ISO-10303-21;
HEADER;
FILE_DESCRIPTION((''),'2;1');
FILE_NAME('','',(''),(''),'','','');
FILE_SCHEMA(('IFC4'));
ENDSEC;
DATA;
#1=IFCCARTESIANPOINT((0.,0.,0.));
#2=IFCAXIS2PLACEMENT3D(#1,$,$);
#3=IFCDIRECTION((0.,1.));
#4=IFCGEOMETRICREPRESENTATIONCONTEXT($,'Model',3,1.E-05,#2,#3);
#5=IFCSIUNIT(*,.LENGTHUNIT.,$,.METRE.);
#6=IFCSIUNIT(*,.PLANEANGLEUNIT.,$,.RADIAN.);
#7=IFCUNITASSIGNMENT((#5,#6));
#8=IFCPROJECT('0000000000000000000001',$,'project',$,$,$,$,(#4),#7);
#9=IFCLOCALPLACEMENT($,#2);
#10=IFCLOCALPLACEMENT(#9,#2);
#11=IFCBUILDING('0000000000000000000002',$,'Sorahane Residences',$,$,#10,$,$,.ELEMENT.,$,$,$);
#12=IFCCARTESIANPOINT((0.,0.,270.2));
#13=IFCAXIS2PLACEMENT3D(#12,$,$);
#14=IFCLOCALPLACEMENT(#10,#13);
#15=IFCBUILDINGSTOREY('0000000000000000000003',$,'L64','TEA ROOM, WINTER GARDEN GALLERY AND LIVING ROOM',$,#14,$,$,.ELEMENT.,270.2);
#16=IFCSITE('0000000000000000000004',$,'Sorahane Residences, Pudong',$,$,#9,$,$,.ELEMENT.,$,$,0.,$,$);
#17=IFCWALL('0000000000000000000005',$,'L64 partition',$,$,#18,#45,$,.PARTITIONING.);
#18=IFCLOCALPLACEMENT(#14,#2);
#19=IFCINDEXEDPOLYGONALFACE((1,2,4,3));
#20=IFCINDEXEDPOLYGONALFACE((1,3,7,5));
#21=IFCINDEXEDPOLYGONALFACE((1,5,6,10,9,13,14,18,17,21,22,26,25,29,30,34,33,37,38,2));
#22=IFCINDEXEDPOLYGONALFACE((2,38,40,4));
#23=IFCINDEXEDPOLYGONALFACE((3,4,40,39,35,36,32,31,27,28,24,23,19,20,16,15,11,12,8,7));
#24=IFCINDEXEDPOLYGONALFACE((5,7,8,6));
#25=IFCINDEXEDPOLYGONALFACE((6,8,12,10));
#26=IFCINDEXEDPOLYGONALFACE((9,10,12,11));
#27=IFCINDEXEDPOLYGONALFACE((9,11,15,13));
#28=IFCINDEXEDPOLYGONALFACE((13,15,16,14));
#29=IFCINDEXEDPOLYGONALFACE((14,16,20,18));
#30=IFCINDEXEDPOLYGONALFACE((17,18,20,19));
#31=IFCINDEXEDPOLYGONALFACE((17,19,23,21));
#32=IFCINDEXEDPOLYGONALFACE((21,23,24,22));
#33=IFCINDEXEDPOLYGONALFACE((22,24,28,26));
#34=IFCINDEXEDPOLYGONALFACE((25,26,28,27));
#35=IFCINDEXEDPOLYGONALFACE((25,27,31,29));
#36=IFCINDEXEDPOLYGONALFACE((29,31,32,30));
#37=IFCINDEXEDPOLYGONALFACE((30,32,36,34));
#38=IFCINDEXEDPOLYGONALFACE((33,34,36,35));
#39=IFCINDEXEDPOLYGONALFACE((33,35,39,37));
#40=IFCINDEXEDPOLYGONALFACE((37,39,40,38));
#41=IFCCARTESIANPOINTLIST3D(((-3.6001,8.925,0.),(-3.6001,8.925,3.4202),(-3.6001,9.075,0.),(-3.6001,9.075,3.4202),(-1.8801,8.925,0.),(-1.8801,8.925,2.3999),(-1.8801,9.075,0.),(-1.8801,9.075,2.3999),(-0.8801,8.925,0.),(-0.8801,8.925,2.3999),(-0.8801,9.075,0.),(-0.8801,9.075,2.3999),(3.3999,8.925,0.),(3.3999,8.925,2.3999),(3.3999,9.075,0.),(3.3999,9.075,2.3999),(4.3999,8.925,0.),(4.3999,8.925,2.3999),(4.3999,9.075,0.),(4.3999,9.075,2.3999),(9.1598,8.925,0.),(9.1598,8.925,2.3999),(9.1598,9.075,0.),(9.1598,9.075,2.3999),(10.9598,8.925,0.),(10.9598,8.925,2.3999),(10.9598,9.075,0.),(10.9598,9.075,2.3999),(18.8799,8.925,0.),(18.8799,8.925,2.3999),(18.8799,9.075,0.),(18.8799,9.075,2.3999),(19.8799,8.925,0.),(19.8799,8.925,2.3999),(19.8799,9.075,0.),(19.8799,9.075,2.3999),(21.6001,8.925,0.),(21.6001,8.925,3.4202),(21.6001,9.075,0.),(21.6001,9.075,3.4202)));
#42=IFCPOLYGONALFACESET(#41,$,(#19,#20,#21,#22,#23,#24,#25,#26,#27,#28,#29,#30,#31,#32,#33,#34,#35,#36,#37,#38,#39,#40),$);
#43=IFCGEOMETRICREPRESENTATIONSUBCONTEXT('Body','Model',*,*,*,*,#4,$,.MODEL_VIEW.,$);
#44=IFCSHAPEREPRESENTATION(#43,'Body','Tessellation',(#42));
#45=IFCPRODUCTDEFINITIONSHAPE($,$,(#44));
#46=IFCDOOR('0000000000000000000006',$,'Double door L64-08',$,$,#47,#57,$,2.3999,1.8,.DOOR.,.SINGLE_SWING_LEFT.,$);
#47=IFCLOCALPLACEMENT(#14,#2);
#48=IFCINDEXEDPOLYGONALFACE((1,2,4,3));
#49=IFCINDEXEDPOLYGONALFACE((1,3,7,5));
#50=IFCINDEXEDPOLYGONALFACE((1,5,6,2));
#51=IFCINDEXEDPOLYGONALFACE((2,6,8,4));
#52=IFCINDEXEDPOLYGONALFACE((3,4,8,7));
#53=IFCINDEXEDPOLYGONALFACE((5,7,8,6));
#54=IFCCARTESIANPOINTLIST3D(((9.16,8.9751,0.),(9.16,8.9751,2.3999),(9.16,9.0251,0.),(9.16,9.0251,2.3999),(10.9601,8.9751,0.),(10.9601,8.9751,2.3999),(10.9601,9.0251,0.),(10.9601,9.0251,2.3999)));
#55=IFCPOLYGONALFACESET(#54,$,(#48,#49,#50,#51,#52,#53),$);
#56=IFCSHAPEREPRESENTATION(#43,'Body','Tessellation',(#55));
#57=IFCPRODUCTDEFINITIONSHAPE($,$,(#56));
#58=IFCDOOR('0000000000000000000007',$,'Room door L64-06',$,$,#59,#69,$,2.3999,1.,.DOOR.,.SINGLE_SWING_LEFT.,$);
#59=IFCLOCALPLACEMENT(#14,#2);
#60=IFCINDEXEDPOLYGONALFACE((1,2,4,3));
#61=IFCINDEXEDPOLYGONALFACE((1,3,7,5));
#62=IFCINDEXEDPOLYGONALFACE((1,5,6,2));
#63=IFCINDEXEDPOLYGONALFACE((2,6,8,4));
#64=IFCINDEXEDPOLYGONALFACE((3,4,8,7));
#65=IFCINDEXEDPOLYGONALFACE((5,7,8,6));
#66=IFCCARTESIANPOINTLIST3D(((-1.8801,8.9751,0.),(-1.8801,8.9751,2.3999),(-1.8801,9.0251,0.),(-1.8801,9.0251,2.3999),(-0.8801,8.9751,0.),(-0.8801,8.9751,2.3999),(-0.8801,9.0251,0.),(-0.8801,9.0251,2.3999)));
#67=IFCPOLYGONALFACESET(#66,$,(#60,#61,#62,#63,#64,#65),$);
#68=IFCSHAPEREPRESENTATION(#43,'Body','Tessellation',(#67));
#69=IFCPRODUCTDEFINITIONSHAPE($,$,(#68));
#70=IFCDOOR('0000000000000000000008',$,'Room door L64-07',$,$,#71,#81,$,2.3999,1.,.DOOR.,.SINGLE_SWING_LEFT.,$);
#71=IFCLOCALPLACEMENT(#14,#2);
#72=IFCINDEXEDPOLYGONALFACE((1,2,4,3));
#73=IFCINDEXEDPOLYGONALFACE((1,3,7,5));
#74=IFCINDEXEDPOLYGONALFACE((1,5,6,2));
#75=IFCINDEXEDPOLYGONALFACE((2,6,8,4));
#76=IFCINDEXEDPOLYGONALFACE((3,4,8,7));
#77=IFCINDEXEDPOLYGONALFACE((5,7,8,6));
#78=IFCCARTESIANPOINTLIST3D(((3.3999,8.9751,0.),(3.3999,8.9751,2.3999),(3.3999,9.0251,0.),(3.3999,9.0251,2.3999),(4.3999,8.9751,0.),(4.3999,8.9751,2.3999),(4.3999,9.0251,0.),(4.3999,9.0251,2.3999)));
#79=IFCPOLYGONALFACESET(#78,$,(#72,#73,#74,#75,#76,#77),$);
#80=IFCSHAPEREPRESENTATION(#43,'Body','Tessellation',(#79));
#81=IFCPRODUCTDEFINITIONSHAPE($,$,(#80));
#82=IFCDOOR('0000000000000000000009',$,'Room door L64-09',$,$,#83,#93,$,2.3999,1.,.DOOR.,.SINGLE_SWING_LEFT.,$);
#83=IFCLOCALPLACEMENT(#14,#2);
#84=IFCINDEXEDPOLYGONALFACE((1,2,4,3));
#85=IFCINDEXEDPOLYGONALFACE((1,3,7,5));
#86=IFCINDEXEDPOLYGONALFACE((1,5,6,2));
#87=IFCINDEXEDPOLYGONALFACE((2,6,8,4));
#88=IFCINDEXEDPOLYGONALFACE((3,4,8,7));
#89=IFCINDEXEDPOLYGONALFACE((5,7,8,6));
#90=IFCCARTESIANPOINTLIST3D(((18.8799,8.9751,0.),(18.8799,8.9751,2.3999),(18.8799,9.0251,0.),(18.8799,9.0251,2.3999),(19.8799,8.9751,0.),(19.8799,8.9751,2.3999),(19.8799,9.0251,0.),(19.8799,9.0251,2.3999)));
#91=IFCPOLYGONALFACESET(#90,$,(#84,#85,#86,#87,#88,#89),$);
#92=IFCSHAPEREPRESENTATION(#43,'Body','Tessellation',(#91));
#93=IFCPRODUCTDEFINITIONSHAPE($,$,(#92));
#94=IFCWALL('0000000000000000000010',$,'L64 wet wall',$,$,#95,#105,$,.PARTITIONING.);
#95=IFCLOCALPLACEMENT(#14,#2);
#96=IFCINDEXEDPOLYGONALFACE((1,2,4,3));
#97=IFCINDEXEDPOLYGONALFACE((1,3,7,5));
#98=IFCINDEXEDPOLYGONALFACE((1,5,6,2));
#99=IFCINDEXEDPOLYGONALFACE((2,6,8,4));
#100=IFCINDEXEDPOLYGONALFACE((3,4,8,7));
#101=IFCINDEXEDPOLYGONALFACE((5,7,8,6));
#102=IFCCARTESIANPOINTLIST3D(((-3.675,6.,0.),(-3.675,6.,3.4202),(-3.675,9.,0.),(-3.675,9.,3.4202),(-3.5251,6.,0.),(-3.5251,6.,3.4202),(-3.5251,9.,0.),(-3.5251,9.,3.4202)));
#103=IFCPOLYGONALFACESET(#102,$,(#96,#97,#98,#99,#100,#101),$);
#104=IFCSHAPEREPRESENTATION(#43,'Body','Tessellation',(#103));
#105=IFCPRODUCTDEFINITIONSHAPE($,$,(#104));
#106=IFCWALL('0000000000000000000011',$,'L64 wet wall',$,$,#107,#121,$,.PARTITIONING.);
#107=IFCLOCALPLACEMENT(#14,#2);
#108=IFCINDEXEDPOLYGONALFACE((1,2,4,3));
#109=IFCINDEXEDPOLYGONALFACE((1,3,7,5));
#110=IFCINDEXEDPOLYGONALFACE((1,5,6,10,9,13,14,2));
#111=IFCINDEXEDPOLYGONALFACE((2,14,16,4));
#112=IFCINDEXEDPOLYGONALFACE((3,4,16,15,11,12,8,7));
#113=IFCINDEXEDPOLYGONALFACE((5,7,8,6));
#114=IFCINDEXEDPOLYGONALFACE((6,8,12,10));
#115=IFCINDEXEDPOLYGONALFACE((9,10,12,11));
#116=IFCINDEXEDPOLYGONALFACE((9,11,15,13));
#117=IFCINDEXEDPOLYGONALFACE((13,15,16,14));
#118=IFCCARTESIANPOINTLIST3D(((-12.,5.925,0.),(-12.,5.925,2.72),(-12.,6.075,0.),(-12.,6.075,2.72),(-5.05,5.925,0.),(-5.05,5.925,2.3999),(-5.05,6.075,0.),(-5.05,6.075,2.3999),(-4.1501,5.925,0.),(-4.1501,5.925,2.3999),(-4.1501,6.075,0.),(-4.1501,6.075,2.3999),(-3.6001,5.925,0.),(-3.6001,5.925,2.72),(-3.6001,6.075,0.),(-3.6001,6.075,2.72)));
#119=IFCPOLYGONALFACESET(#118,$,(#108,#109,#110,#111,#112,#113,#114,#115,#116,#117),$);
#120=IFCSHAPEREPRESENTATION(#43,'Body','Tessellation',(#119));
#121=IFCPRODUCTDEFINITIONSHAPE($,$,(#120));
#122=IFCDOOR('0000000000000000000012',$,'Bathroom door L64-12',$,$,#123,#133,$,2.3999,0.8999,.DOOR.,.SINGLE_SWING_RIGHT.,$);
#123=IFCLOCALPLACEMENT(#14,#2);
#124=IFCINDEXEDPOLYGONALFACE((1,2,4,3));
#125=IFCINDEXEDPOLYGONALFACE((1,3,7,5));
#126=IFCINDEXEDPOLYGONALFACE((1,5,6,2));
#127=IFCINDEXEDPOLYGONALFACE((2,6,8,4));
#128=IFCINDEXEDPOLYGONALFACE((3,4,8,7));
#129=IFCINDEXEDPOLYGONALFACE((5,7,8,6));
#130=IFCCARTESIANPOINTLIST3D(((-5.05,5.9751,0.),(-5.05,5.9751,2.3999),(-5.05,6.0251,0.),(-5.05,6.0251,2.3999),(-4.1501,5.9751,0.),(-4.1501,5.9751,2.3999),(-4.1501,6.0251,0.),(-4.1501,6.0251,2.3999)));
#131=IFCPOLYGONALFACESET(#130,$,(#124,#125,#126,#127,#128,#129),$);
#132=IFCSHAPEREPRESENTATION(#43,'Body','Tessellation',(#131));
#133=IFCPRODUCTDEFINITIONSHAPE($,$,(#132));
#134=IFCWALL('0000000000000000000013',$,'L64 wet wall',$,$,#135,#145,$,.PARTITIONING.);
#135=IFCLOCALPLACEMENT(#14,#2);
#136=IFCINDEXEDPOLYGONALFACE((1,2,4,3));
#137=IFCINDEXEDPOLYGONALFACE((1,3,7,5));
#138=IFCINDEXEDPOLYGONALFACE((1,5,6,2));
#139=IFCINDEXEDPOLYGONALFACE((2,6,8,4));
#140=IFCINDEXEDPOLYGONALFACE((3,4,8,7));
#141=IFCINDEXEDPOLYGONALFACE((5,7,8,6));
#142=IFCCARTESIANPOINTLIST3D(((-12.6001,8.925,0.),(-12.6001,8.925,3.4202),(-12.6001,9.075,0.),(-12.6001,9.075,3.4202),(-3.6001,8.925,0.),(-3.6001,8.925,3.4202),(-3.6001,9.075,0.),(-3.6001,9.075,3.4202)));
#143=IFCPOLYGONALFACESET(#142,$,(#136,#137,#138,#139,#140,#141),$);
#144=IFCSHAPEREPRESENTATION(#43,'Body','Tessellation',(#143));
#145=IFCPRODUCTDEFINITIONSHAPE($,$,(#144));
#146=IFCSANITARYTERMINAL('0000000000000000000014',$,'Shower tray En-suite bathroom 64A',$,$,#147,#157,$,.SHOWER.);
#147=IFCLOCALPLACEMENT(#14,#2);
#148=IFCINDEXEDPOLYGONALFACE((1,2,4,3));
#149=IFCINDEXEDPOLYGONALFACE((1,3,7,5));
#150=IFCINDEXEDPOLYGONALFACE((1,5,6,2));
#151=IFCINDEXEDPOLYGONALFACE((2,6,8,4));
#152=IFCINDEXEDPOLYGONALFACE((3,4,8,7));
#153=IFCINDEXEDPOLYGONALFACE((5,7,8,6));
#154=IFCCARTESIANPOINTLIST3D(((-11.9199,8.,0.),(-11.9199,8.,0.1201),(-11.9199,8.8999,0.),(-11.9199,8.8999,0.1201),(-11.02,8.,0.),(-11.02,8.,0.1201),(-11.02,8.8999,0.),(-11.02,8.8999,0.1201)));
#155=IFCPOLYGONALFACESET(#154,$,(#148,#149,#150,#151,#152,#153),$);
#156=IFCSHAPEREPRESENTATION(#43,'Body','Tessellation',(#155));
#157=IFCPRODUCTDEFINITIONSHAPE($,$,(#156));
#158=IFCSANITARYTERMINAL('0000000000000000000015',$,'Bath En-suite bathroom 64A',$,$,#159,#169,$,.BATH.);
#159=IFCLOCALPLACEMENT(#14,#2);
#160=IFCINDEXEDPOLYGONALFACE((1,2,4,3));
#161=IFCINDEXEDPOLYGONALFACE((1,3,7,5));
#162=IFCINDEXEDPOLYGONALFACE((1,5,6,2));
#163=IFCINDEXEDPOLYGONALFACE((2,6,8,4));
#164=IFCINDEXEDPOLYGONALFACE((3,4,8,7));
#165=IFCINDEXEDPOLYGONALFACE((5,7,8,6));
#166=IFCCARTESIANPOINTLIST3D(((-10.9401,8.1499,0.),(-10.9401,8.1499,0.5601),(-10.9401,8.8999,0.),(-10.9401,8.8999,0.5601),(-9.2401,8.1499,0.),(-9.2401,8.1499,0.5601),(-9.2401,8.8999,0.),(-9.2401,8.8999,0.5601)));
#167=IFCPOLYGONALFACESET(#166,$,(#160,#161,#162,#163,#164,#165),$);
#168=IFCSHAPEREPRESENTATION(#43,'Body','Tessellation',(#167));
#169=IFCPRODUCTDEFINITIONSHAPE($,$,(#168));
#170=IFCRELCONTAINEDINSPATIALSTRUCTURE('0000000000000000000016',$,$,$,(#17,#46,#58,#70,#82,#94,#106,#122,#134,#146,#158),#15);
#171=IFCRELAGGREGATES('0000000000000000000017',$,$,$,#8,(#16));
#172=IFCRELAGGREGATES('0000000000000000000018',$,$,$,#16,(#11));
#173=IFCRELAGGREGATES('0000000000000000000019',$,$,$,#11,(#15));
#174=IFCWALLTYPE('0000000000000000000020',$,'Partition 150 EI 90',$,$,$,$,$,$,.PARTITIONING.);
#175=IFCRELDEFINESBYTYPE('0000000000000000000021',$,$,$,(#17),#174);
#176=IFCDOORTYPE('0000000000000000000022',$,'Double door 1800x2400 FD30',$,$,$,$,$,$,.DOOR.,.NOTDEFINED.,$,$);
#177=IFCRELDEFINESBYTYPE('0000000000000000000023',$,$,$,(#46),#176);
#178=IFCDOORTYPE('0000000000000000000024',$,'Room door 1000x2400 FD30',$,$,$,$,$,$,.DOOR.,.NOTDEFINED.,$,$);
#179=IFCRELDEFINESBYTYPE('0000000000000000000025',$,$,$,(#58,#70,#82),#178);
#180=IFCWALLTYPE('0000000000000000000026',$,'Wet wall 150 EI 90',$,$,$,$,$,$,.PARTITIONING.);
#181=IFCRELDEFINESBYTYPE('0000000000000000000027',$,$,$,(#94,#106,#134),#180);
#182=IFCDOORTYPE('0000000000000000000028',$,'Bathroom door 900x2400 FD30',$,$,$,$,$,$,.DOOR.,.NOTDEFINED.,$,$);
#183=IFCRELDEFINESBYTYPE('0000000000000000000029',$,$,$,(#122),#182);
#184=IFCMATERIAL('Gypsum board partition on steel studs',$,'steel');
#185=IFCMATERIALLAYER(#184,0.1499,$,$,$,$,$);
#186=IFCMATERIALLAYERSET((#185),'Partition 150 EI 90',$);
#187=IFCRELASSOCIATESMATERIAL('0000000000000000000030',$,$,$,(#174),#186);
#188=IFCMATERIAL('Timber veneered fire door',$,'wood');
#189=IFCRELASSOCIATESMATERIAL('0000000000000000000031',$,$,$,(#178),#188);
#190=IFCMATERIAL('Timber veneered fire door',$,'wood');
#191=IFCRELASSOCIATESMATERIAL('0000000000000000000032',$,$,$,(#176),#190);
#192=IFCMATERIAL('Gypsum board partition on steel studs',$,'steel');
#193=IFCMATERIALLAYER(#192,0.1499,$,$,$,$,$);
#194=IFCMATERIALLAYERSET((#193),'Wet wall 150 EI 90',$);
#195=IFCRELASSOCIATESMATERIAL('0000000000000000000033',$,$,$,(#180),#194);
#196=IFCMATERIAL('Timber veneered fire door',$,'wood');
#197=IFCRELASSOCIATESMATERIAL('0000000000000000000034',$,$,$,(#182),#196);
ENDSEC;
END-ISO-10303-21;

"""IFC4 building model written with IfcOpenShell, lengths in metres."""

from ifc_helpers import new_model, si_unit, direction, frame, frame_2d, origin, origin_2d, place, context, subcontext, project, spatial, rectangle, extrude, material, layer, layer_set, type_object, element, fill, save


model = new_model("IFC4")

# Units and contexts
model_context = context("Model", 3, precision=1e-05, world=origin(), true_north=direction((0.0, 1.0)))
body_context = subcontext(model_context, "Body", "Model", "MODEL_VIEW")
ifc_project = project(units=[si_unit("LENGTHUNIT", "METRE"), si_unit("PLANEANGLEUNIT", "RADIAN")], contexts=[model_context])

# Site, building, storey
site_placement = place(None, origin())
site = spatial("IfcSite", under=ifc_project, at=site_placement, Name="Sorahane Residences, Pudong", CompositionType="ELEMENT", RefElevation=0.0)
building_placement = place(site_placement, origin())
building = spatial("IfcBuilding", under=site, at=building_placement, Name="Sorahane Residences", CompositionType="ELEMENT")
storey_placement = place(building_placement, frame((0.0, 0.0, 270.2)))
storey = spatial("IfcBuildingStorey", under=building, at=storey_placement, Name="L64", Description="TEA ROOM, WINTER GARDEN GALLERY AND LIVING ROOM", CompositionType="ELEMENT", Elevation=270.2)

# Shared definitions
ifc_material_1 = material(Name="Gypsum board partition on steel studs", Category="steel")
ifc_layer_1 = layer(ifc_material_1, 0.1499)
ifc_layer_set_1 = layer_set([ifc_layer_1], Name="Partition 150 EI 90")
wall_type_1 = type_object("IfcWallType", Name="Partition 150 EI 90", PredefinedType="PARTITIONING", material=ifc_layer_set_1)
ifc_material_2 = material(Name="Timber veneered fire door", Category="wood")
door_type_1 = type_object("IfcDoorType", Name="Room door 1000x2400 FD30", OperationType="NOTDEFINED", PredefinedType="DOOR", material=ifc_material_2)

# Wall, openings, doors
wall_1_placement = place(storey_placement, frame((-3.6001, 9.0, 0.0), z_axis=(0.0, 0.0, 1.0), x_axis=(1.0, 0.0, 0.0)))
wall_1 = element("IfcWall", 1, at=wall_1_placement, inside=storey, type_object=wall_type_1, Name="L64 partition", PredefinedType="PARTITIONING", context=body_context, shape_type="SweptSolid", body=[
    extrude(rectangle(XDim=25.2002, YDim=0.1499, at=frame_2d((12.6001, 0.0))), origin(), (0.0, 0.0, 1.0), 3.4202),
])
opening_1_placement = place(wall_1_placement, frame((1.72, 0.0, 0.0)))
opening_1 = element("IfcOpeningElement", 2, at=opening_1_placement, cuts=wall_1, PredefinedType="OPENING", context=body_context, shape_type="SweptSolid", body=[
    extrude(rectangle(XDim=1.0, YDim=2.3999, at=frame_2d((0.5, 1.2))), frame((0.0, 0.085, 0.0), z_axis=(0.0, -1.0, 0.0), x_axis=(1.0, 0.0, 0.0)), (0.0, 0.0, 1.0), 0.1699),
])
opening_2_placement = place(wall_1_placement, frame((7.0, 0.0, 0.0)))
opening_2 = element("IfcOpeningElement", 3, at=opening_2_placement, cuts=wall_1, PredefinedType="OPENING", context=body_context, shape_type="SweptSolid", body=[
    extrude(rectangle(XDim=1.0, YDim=2.3999, at=frame_2d((0.5, 1.2))), frame((0.0, 0.085, 0.0), z_axis=(0.0, -1.0, 0.0), x_axis=(1.0, 0.0, 0.0)), (0.0, 0.0, 1.0), 0.1699),
])
opening_3_placement = place(wall_1_placement, frame((12.76, 0.0, 0.0)))
opening_3 = element("IfcOpeningElement", 4, at=opening_3_placement, cuts=wall_1, PredefinedType="OPENING", context=body_context, shape_type="SweptSolid", body=[
    extrude(rectangle(XDim=1.8, YDim=2.3999, at=frame_2d((0.8999, 1.2))), frame((0.0, 0.085, 0.0), z_axis=(0.0, -1.0, 0.0), x_axis=(1.0, 0.0, 0.0)), (0.0, 0.0, 1.0), 0.1699),
])
opening_4_placement = place(wall_1_placement, frame((22.48, 0.0, 0.0)))
opening_4 = element("IfcOpeningElement", 5, at=opening_4_placement, cuts=wall_1, PredefinedType="OPENING", context=body_context, shape_type="SweptSolid", body=[
    extrude(rectangle(XDim=1.0, YDim=2.3999, at=frame_2d((0.5, 1.2))), frame((0.0, 0.085, 0.0), z_axis=(0.0, -1.0, 0.0), x_axis=(1.0, 0.0, 0.0)), (0.0, 0.0, 1.0), 0.1699),
])
ifc_material_3 = material(Name="Timber veneered fire door", Category="wood")
door_type_2 = type_object("IfcDoorType", Name="Double door 1800x2400 FD30", OperationType="NOTDEFINED", PredefinedType="DOOR", material=ifc_material_3)
door_1_placement = place(opening_3_placement, frame((1.8, 0.0, 0.0), z_axis=(0.0, 0.0, 1.0), x_axis=(-1.0, 0.0, 0.0)))
door_1 = element("IfcDoor", 6, at=door_1_placement, inside=storey, type_object=door_type_2, Name="Double door L64-08", OperationType="SINGLE_SWING_LEFT", OverallHeight=2.3999, OverallWidth=1.8, PredefinedType="DOOR", context=body_context, shape_type="SweptSolid", body=[
    extrude(rectangle(XDim=1.8, YDim=2.3999, at=frame_2d((0.8999, 1.2))), frame((0.0, 0.0249, 0.0), z_axis=(0.0, -1.0, 0.0), x_axis=(1.0, 0.0, 0.0)), (0.0, 0.0, 1.0), 0.05),
])
fill(opening_3, door_1)
door_2_placement = place(opening_1_placement, frame((1.0, 0.0, 0.0), z_axis=(0.0, 0.0, 1.0), x_axis=(-1.0, 0.0, 0.0)))
door_2 = element("IfcDoor", 7, at=door_2_placement, inside=storey, type_object=door_type_1, Name="Room door L64-06", OperationType="SINGLE_SWING_LEFT", OverallHeight=2.3999, OverallWidth=1.0, PredefinedType="DOOR", context=body_context, shape_type="SweptSolid", body=[
    extrude(rectangle(XDim=1.0, YDim=2.3999, at=frame_2d((0.5, 1.2))), frame((0.0, 0.0249, 0.0), z_axis=(0.0, -1.0, 0.0), x_axis=(1.0, 0.0, 0.0)), (0.0, 0.0, 1.0), 0.05),
])
fill(opening_1, door_2)
door_3_placement = place(opening_2_placement, frame((1.0, 0.0, 0.0), z_axis=(0.0, 0.0, 1.0), x_axis=(-1.0, 0.0, 0.0)))
door_3 = element("IfcDoor", 8, at=door_3_placement, inside=storey, type_object=door_type_1, Name="Room door L64-07", OperationType="SINGLE_SWING_LEFT", OverallHeight=2.3999, OverallWidth=1.0, PredefinedType="DOOR", context=body_context, shape_type="SweptSolid", body=[
    extrude(rectangle(XDim=1.0, YDim=2.3999, at=frame_2d((0.5, 1.2))), frame((0.0, 0.0249, 0.0), z_axis=(0.0, -1.0, 0.0), x_axis=(1.0, 0.0, 0.0)), (0.0, 0.0, 1.0), 0.05),
])
fill(opening_2, door_3)
door_4_placement = place(opening_4_placement, frame((1.0, 0.0, 0.0), z_axis=(0.0, 0.0, 1.0), x_axis=(-1.0, 0.0, 0.0)))
door_4 = element("IfcDoor", 9, at=door_4_placement, inside=storey, type_object=door_type_1, Name="Room door L64-09", OperationType="SINGLE_SWING_LEFT", OverallHeight=2.3999, OverallWidth=1.0, PredefinedType="DOOR", context=body_context, shape_type="SweptSolid", body=[
    extrude(rectangle(XDim=1.0, YDim=2.3999, at=frame_2d((0.5, 1.2))), frame((0.0, 0.0249, 0.0), z_axis=(0.0, -1.0, 0.0), x_axis=(1.0, 0.0, 0.0)), (0.0, 0.0, 1.0), 0.05),
])
fill(opening_4, door_4)

# Wall
ifc_material_4 = material(Name="Gypsum board partition on steel studs", Category="steel")
ifc_layer_2 = layer(ifc_material_4, 0.1499)
ifc_layer_set_2 = layer_set([ifc_layer_2], Name="Wet wall 150 EI 90")
wall_type_2 = type_object("IfcWallType", Name="Wet wall 150 EI 90", PredefinedType="PARTITIONING", material=ifc_layer_set_2)
wall_2_placement = place(storey_placement, frame((-3.6001, 6.0, 0.0), z_axis=(0.0, 0.0, 1.0), x_axis=(0.0, 1.0, 0.0)))
element("IfcWall", 10, at=wall_2_placement, inside=storey, type_object=wall_type_2, Name="L64 wet wall", PredefinedType="PARTITIONING", context=body_context, shape_type="SweptSolid", body=[
    extrude(rectangle(XDim=3.0, YDim=0.1499, at=frame_2d((1.5, 0.0))), origin(), (0.0, 0.0, 1.0), 3.4202),
])

# Wall, opening, door
wall_3_placement = place(storey_placement, frame((-12.0, 6.0, 0.0), z_axis=(0.0, 0.0, 1.0), x_axis=(1.0, 0.0, 0.0)))
wall_3 = element("IfcWall", 11, at=wall_3_placement, inside=storey, type_object=wall_type_2, Name="L64 wet wall", PredefinedType="PARTITIONING", context=body_context, shape_type="SweptSolid", body=[
    extrude(rectangle(XDim=8.3999, YDim=0.1499, at=frame_2d((4.2, 0.0))), origin(), (0.0, 0.0, 1.0), 2.72),
])
opening_5_placement = place(wall_3_placement, frame((6.95, 0.0, 0.0)))
opening_5 = element("IfcOpeningElement", 12, at=opening_5_placement, cuts=wall_3, PredefinedType="OPENING", context=body_context, shape_type="SweptSolid", body=[
    extrude(rectangle(XDim=0.8999, YDim=2.3999, at=frame_2d((0.45, 1.2))), frame((0.0, 0.085, 0.0), z_axis=(0.0, -1.0, 0.0), x_axis=(1.0, 0.0, 0.0)), (0.0, 0.0, 1.0), 0.1699),
])
ifc_material_5 = material(Name="Timber veneered fire door", Category="wood")
door_type_3 = type_object("IfcDoorType", Name="Bathroom door 900x2400 FD30", OperationType="NOTDEFINED", PredefinedType="DOOR", material=ifc_material_5)
door_5_placement = place(opening_5_placement, frame((0.8999, 0.0, 0.0), z_axis=(0.0, 0.0, 1.0), x_axis=(-1.0, 0.0, 0.0)))
door_5 = element("IfcDoor", 13, at=door_5_placement, inside=storey, type_object=door_type_3, Name="Bathroom door L64-12", OperationType="SINGLE_SWING_RIGHT", OverallHeight=2.3999, OverallWidth=0.8999, PredefinedType="DOOR", context=body_context, shape_type="SweptSolid", body=[
    extrude(rectangle(XDim=0.8999, YDim=2.3999, at=frame_2d((0.45, 1.2))), frame((0.0, 0.0249, 0.0), z_axis=(0.0, -1.0, 0.0), x_axis=(1.0, 0.0, 0.0)), (0.0, 0.0, 1.0), 0.05),
])
fill(opening_5, door_5)

# Wall
wall_4_placement = place(storey_placement, frame((-12.6001, 9.0, 0.0), z_axis=(0.0, 0.0, 1.0), x_axis=(1.0, 0.0, 0.0)))
element("IfcWall", 14, at=wall_4_placement, inside=storey, type_object=wall_type_2, Name="L64 wet wall", PredefinedType="PARTITIONING", context=body_context, shape_type="SweptSolid", body=[
    extrude(rectangle(XDim=9.0, YDim=0.1499, at=frame_2d((4.5, 0.0))), origin(), (0.0, 0.0, 1.0), 3.4202),
])

# Sanitary terminals
sanitary_terminal_1_placement = place(storey_placement, frame((-11.47, 8.45, 0.0), z_axis=(0.0, 0.0, 1.0), x_axis=(1.0, 0.0, 0.0)))
element("IfcSanitaryTerminal", 15, at=sanitary_terminal_1_placement, inside=storey, Name="Shower tray En-suite bathroom 64A", PredefinedType="SHOWER", context=body_context, shape_type="SweptSolid", body=[
    extrude(rectangle(XDim=0.8999, YDim=0.8999, at=origin_2d()), origin(), (0.0, 0.0, 1.0), 0.1201),
])
sanitary_terminal_2_placement = place(storey_placement, frame((-10.0901, 8.5249, 0.0), z_axis=(0.0, 0.0, 1.0), x_axis=(1.0, 0.0, 0.0)))
element("IfcSanitaryTerminal", 16, at=sanitary_terminal_2_placement, inside=storey, Name="Bath En-suite bathroom 64A", PredefinedType="BATH", context=body_context, shape_type="SweptSolid", body=[
    extrude(rectangle(XDim=1.7, YDim=0.75, at=origin_2d()), origin(), (0.0, 0.0, 1.0), 0.5601),
])

save(model, "model.ifc")
